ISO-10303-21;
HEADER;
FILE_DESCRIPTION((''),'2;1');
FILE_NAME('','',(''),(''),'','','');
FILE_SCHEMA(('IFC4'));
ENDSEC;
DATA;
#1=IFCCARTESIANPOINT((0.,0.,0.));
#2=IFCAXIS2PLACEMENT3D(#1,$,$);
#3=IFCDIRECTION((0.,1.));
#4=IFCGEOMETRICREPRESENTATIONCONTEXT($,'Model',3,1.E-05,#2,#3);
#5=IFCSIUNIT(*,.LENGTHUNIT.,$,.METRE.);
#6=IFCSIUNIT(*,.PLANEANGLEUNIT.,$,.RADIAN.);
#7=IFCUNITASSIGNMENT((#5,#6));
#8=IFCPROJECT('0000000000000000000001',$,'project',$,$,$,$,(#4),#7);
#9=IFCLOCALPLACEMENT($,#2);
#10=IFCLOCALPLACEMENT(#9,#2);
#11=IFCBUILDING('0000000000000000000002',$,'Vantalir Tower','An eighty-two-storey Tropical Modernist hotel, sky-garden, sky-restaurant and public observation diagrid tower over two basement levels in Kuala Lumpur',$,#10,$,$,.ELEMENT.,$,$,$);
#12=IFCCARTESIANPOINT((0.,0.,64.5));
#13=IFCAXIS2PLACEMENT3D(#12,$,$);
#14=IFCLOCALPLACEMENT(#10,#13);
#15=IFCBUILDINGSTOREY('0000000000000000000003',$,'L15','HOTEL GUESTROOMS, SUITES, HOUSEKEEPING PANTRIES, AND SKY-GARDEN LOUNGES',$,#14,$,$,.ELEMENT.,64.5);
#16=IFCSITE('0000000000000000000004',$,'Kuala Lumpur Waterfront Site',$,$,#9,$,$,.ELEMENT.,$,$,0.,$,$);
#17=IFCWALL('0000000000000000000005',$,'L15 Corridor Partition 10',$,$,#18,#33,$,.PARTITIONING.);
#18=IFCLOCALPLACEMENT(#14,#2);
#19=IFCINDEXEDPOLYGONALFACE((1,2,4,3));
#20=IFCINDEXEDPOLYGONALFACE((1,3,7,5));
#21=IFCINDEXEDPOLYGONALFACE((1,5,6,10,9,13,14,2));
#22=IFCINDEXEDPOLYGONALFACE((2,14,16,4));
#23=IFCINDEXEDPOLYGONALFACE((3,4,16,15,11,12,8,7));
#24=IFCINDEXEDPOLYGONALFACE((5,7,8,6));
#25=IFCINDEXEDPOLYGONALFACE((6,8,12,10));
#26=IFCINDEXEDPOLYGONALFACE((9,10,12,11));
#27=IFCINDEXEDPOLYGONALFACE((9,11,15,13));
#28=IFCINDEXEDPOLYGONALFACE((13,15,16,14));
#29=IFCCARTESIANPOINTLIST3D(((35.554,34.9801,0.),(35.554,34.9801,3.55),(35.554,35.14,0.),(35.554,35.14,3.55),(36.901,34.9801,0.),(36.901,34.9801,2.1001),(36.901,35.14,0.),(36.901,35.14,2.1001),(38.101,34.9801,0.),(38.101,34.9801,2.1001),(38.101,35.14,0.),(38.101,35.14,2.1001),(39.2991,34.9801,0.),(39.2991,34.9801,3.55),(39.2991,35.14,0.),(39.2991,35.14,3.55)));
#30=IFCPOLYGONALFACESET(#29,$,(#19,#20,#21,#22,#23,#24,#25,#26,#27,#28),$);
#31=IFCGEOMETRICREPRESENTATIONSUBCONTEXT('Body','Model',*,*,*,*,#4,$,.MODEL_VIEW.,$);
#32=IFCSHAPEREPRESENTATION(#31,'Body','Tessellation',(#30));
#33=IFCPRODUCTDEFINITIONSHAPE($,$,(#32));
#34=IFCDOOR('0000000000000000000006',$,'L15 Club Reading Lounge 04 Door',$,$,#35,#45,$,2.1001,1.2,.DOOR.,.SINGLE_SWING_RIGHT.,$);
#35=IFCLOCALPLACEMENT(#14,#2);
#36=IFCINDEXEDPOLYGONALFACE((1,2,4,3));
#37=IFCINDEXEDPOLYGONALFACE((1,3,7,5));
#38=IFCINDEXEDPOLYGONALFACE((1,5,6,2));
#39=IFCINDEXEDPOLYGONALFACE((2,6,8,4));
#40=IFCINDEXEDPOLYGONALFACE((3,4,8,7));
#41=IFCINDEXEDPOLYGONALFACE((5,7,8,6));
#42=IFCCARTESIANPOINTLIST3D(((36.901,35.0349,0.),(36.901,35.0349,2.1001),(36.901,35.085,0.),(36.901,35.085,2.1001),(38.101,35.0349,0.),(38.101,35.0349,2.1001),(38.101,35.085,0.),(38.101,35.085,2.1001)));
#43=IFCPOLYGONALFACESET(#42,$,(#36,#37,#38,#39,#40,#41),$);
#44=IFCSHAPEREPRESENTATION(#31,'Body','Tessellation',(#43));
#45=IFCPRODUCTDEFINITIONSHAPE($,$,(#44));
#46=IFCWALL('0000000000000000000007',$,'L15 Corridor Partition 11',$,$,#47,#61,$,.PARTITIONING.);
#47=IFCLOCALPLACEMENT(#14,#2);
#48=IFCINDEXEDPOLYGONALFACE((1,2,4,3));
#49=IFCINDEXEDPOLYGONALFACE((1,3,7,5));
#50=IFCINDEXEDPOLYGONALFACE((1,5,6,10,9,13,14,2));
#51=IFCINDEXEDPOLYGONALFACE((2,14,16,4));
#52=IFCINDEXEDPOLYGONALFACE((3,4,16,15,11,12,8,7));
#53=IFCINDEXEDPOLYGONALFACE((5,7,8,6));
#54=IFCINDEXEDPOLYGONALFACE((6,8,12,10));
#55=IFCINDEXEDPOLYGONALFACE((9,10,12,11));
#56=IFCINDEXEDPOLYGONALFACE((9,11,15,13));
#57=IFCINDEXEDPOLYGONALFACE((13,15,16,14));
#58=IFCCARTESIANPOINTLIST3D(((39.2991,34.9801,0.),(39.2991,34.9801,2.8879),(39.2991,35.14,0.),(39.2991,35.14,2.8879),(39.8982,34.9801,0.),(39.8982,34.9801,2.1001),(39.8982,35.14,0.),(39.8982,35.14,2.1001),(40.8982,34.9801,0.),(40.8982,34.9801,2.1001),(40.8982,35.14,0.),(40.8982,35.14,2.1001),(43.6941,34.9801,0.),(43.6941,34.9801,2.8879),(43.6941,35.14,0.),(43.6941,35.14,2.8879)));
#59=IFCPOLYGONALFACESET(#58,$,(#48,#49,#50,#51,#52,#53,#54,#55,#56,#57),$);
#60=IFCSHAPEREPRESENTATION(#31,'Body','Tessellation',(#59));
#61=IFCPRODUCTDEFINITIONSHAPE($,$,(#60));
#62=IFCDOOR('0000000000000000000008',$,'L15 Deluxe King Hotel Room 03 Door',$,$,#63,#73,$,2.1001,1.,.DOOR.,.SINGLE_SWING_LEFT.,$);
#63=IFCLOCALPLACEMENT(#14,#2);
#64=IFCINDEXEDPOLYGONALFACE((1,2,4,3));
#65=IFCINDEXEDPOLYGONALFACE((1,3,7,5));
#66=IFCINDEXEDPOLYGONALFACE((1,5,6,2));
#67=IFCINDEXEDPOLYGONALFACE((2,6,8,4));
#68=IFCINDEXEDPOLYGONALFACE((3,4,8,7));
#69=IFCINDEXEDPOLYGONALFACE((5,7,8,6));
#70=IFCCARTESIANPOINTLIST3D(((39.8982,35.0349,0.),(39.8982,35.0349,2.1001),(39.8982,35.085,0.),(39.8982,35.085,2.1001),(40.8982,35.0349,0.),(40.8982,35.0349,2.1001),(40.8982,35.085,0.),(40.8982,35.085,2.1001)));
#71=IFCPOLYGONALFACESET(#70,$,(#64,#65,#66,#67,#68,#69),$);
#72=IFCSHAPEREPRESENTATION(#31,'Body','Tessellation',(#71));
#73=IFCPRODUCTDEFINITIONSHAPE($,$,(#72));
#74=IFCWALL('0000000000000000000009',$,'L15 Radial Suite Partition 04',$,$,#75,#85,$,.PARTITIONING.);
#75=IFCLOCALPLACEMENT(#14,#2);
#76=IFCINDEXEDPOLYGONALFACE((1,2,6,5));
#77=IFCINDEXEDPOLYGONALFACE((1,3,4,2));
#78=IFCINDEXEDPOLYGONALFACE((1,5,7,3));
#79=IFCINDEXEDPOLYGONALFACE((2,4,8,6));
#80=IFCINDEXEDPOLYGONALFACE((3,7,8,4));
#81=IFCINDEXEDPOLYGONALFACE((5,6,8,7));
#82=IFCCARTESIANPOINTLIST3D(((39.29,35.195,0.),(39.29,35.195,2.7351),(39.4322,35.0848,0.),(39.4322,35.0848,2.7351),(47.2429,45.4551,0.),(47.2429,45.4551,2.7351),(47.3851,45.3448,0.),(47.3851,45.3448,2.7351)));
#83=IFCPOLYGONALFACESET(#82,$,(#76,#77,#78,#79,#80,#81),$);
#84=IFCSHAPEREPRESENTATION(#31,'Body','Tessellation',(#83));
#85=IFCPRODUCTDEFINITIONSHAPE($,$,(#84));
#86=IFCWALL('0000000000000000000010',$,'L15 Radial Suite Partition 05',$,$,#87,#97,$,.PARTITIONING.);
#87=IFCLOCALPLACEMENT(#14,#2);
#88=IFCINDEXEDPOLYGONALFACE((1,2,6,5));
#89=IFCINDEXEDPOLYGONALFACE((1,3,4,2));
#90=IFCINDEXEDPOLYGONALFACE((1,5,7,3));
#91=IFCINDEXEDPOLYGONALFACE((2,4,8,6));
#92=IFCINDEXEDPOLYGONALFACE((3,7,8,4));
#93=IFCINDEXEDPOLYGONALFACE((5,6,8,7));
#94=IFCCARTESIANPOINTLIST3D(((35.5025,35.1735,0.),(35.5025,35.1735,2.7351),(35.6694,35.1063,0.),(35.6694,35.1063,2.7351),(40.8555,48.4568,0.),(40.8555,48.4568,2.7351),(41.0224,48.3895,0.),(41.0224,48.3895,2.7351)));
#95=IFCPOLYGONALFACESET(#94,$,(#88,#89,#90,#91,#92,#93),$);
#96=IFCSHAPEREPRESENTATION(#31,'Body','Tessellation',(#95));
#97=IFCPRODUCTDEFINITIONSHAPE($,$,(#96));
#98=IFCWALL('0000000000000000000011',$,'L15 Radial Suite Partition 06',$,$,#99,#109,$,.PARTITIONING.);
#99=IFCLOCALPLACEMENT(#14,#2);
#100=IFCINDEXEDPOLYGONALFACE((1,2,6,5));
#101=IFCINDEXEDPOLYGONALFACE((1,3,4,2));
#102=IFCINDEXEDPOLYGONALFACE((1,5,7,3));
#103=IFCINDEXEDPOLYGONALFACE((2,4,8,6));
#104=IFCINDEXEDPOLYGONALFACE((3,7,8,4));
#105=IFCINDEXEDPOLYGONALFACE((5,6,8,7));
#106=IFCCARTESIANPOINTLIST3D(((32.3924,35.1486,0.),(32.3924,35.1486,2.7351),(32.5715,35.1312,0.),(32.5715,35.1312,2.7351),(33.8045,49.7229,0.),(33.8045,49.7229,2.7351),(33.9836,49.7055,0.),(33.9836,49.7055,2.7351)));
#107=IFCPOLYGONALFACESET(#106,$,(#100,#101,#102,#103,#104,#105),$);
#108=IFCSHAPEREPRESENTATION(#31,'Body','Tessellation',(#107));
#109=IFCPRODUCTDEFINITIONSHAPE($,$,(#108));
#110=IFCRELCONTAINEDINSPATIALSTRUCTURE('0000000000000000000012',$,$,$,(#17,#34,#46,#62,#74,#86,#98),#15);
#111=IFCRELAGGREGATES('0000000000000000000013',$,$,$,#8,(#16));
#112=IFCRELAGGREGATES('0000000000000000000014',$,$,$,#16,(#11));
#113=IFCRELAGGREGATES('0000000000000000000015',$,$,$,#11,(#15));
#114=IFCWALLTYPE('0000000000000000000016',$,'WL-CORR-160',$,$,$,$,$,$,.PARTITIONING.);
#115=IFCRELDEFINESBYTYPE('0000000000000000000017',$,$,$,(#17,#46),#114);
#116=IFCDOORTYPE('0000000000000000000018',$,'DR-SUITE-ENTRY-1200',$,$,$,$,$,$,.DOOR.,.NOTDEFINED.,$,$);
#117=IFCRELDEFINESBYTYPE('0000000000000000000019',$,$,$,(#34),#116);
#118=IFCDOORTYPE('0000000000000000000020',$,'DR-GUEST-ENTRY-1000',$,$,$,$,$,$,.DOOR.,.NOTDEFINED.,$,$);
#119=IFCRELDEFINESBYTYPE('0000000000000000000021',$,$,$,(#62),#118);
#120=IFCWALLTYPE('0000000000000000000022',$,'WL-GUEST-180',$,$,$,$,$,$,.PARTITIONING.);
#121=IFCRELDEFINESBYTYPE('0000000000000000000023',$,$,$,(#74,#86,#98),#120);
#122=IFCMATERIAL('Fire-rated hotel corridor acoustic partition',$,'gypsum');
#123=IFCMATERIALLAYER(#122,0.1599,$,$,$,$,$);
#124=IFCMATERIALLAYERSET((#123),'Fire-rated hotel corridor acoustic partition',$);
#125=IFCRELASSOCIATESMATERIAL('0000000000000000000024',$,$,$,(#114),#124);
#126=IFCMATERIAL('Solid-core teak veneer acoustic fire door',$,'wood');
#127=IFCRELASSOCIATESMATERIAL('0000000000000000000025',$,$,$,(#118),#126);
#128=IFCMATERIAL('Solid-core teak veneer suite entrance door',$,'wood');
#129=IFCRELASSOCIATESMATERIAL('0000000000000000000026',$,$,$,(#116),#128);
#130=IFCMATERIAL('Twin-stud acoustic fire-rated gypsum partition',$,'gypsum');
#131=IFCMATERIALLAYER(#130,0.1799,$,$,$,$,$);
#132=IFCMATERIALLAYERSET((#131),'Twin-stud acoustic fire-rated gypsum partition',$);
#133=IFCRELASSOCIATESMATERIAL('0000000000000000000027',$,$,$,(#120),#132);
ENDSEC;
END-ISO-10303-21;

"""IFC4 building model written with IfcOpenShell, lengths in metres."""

from ifc_helpers import new_model, si_unit, direction, frame, frame_2d, origin, place, context, subcontext, project, spatial, rectangle, extrude, material, layer, layer_set, type_object, element, fill, save


model = new_model("IFC4")

# Units and contexts
model_context = context("Model", 3, precision=1e-05, world=origin(), true_north=direction((0.0, 1.0)))
body_context = subcontext(model_context, "Body", "Model", "MODEL_VIEW")
ifc_project = project(units=[si_unit("LENGTHUNIT", "METRE"), si_unit("PLANEANGLEUNIT", "RADIAN")], contexts=[model_context])

# Site, building, storey
site_placement = place(None, origin())
site = spatial("IfcSite", under=ifc_project, at=site_placement, Name="Kuala Lumpur Waterfront Site", CompositionType="ELEMENT", RefElevation=0.0)
building_placement = place(site_placement, origin())
building = spatial("IfcBuilding", under=site, at=building_placement, Name="Vantalir Tower", Description="An eighty-two-storey Tropical Modernist hotel, sky-garden, sky-restaurant and public observation diagrid tower over two basement levels in Kuala Lumpur", CompositionType="ELEMENT")
storey_placement = place(building_placement, frame((0.0, 0.0, 64.5)))
storey = spatial("IfcBuildingStorey", under=building, at=storey_placement, Name="L15", Description="HOTEL GUESTROOMS, SUITES, HOUSEKEEPING PANTRIES, AND SKY-GARDEN LOUNGES", CompositionType="ELEMENT", Elevation=64.5)

# Walls, openings, doors
ifc_material_1 = material(Name="Fire-rated hotel corridor acoustic partition", Category="gypsum")
ifc_layer_1 = layer(ifc_material_1, 0.1599)
ifc_layer_set_1 = layer_set([ifc_layer_1], Name="Fire-rated hotel corridor acoustic partition")
wall_type_1 = type_object("IfcWallType", Name="WL-CORR-160", PredefinedType="PARTITIONING", material=ifc_layer_set_1)
ifc_material_2 = material(Name="Solid-core teak veneer acoustic fire door", Category="wood")
door_type_1 = type_object("IfcDoorType", Name="DR-GUEST-ENTRY-1000", OperationType="NOTDEFINED", PredefinedType="DOOR", material=ifc_material_2)
wall_1_placement = place(storey_placement, frame((35.554, 35.0601, 0.0), z_axis=(0.0, 0.0, 1.0), x_axis=(1.0, 0.0, 0.0)))
wall_1 = element("IfcWall", 1, at=wall_1_placement, inside=storey, type_object=wall_type_1, Name="L15 Corridor Partition 10", PredefinedType="PARTITIONING", context=body_context, shape_type="SweptSolid", body=[
    extrude(rectangle(XDim=3.7451, YDim=0.1599, at=frame_2d((1.8726, 0.0))), origin(), (0.0, 0.0, 1.0), 3.55),
])
opening_1_placement = place(wall_1_placement, frame((1.3469, 0.0, 0.0)))
opening_1 = element("IfcOpeningElement", 2, at=opening_1_placement, cuts=wall_1, PredefinedType="OPENING", context=body_context, shape_type="SweptSolid", body=[
    extrude(rectangle(XDim=1.2, YDim=2.1001, at=frame_2d((0.6001, 1.05))), frame((0.0, 0.0898, 0.0), z_axis=(0.0, -1.0, 0.0), x_axis=(1.0, 0.0, 0.0)), (0.0, 0.0, 1.0), 0.1799),
])
ifc_material_3 = material(Name="Solid-core teak veneer suite entrance door", Category="wood")
door_type_2 = type_object("IfcDoorType", Name="DR-SUITE-ENTRY-1200", OperationType="NOTDEFINED", PredefinedType="DOOR", material=ifc_material_3)
door_1_placement = place(opening_1_placement, origin())
door_1 = element("IfcDoor", 3, at=door_1_placement, inside=storey, type_object=door_type_2, Name="L15 Club Reading Lounge 04 Door", OperationType="SINGLE_SWING_RIGHT", OverallHeight=2.1001, OverallWidth=1.2, PredefinedType="DOOR", context=body_context, shape_type="SweptSolid", body=[
    extrude(rectangle(XDim=1.2, YDim=2.1001, at=frame_2d((0.6001, 1.05))), frame((0.0, 0.0249, 0.0), z_axis=(0.0, -1.0, 0.0), x_axis=(1.0, 0.0, 0.0)), (0.0, 0.0, 1.0), 0.05),
])
fill(opening_1, door_1)
wall_2_placement = place(storey_placement, frame((39.2991, 35.0601, 0.0), z_axis=(0.0, 0.0, 1.0), x_axis=(1.0, 0.0, 0.0)))
wall_2 = element("IfcWall", 4, at=wall_2_placement, inside=storey, type_object=wall_type_1, Name="L15 Corridor Partition 11", PredefinedType="PARTITIONING", context=body_context, shape_type="SweptSolid", body=[
    extrude(rectangle(XDim=4.395, YDim=0.1599, at=frame_2d((2.1975, 0.0))), origin(), (0.0, 0.0, 1.0), 2.8879),
])
opening_2_placement = place(wall_2_placement, frame((0.5991, 0.0, 0.0)))
opening_2 = element("IfcOpeningElement", 5, at=opening_2_placement, cuts=wall_2, PredefinedType="OPENING", context=body_context, shape_type="SweptSolid", body=[
    extrude(rectangle(XDim=1.0, YDim=2.1001, at=frame_2d((0.5, 1.05))), frame((0.0, 0.0898, 0.0), z_axis=(0.0, -1.0, 0.0), x_axis=(1.0, 0.0, 0.0)), (0.0, 0.0, 1.0), 0.1799),
])
door_2_placement = place(opening_2_placement, origin())
door_2 = element("IfcDoor", 6, at=door_2_placement, inside=storey, type_object=door_type_1, Name="L15 Deluxe King Hotel Room 03 Door", OperationType="SINGLE_SWING_LEFT", OverallHeight=2.1001, OverallWidth=1.0, PredefinedType="DOOR", context=body_context, shape_type="SweptSolid", body=[
    extrude(rectangle(XDim=1.0, YDim=2.1001, at=frame_2d((0.5, 1.05))), frame((0.0, 0.0249, 0.0), z_axis=(0.0, -1.0, 0.0), x_axis=(1.0, 0.0, 0.0)), (0.0, 0.0, 1.0), 0.05),
])
fill(opening_2, door_2)

# Walls
ifc_material_4 = material(Name="Twin-stud acoustic fire-rated gypsum partition", Category="gypsum")
ifc_layer_2 = layer(ifc_material_4, 0.1799)
ifc_layer_set_2 = layer_set([ifc_layer_2], Name="Twin-stud acoustic fire-rated gypsum partition")
wall_type_2 = type_object("IfcWallType", Name="WL-GUEST-180", PredefinedType="PARTITIONING", material=ifc_layer_set_2)
wall_3_placement = place(storey_placement, frame((39.3611, 35.1399, 0.0), z_axis=(0.0, 0.0, 1.0), x_axis=(0.612638, 0.790364, 0.0)))
element("IfcWall", 7, at=wall_3_placement, inside=storey, type_object=wall_type_2, Name="L15 Radial Suite Partition 04", PredefinedType="PARTITIONING", context=body_context, shape_type="SweptSolid", body=[
    extrude(rectangle(XDim=12.9814, YDim=0.1799, at=frame_2d((6.4907, 0.0))), origin(), (0.0, 0.0, 1.0), 2.7351),
])
wall_4_placement = place(storey_placement, frame((35.5859, 35.1399, 0.0), z_axis=(0.0, 0.0, 1.0), x_axis=(0.373782, 0.927517, 0.0)))
element("IfcWall", 8, at=wall_4_placement, inside=storey, type_object=wall_type_2, Name="L15 Radial Suite Partition 05", PredefinedType="PARTITIONING", context=body_context, shape_type="SweptSolid", body=[
    extrude(rectangle(XDim=14.3213, YDim=0.1799, at=frame_2d((7.1606, 0.0))), origin(), (0.0, 0.0, 1.0), 2.7351),
])
wall_5_placement = place(storey_placement, frame((32.4819, 35.1399, 0.0), z_axis=(0.0, 0.0, 1.0), x_axis=(0.096439, 0.995339, 0.0)))
element("IfcWall", 9, at=wall_5_placement, inside=storey, type_object=wall_type_2, Name="L15 Radial Suite Partition 06", PredefinedType="PARTITIONING", context=body_context, shape_type="SweptSolid", body=[
    extrude(rectangle(XDim=14.6426, YDim=0.1799, at=frame_2d((7.3213, 0.0))), origin(), (0.0, 0.0, 1.0), 2.7351),
])

save(model, "model.ifc")
